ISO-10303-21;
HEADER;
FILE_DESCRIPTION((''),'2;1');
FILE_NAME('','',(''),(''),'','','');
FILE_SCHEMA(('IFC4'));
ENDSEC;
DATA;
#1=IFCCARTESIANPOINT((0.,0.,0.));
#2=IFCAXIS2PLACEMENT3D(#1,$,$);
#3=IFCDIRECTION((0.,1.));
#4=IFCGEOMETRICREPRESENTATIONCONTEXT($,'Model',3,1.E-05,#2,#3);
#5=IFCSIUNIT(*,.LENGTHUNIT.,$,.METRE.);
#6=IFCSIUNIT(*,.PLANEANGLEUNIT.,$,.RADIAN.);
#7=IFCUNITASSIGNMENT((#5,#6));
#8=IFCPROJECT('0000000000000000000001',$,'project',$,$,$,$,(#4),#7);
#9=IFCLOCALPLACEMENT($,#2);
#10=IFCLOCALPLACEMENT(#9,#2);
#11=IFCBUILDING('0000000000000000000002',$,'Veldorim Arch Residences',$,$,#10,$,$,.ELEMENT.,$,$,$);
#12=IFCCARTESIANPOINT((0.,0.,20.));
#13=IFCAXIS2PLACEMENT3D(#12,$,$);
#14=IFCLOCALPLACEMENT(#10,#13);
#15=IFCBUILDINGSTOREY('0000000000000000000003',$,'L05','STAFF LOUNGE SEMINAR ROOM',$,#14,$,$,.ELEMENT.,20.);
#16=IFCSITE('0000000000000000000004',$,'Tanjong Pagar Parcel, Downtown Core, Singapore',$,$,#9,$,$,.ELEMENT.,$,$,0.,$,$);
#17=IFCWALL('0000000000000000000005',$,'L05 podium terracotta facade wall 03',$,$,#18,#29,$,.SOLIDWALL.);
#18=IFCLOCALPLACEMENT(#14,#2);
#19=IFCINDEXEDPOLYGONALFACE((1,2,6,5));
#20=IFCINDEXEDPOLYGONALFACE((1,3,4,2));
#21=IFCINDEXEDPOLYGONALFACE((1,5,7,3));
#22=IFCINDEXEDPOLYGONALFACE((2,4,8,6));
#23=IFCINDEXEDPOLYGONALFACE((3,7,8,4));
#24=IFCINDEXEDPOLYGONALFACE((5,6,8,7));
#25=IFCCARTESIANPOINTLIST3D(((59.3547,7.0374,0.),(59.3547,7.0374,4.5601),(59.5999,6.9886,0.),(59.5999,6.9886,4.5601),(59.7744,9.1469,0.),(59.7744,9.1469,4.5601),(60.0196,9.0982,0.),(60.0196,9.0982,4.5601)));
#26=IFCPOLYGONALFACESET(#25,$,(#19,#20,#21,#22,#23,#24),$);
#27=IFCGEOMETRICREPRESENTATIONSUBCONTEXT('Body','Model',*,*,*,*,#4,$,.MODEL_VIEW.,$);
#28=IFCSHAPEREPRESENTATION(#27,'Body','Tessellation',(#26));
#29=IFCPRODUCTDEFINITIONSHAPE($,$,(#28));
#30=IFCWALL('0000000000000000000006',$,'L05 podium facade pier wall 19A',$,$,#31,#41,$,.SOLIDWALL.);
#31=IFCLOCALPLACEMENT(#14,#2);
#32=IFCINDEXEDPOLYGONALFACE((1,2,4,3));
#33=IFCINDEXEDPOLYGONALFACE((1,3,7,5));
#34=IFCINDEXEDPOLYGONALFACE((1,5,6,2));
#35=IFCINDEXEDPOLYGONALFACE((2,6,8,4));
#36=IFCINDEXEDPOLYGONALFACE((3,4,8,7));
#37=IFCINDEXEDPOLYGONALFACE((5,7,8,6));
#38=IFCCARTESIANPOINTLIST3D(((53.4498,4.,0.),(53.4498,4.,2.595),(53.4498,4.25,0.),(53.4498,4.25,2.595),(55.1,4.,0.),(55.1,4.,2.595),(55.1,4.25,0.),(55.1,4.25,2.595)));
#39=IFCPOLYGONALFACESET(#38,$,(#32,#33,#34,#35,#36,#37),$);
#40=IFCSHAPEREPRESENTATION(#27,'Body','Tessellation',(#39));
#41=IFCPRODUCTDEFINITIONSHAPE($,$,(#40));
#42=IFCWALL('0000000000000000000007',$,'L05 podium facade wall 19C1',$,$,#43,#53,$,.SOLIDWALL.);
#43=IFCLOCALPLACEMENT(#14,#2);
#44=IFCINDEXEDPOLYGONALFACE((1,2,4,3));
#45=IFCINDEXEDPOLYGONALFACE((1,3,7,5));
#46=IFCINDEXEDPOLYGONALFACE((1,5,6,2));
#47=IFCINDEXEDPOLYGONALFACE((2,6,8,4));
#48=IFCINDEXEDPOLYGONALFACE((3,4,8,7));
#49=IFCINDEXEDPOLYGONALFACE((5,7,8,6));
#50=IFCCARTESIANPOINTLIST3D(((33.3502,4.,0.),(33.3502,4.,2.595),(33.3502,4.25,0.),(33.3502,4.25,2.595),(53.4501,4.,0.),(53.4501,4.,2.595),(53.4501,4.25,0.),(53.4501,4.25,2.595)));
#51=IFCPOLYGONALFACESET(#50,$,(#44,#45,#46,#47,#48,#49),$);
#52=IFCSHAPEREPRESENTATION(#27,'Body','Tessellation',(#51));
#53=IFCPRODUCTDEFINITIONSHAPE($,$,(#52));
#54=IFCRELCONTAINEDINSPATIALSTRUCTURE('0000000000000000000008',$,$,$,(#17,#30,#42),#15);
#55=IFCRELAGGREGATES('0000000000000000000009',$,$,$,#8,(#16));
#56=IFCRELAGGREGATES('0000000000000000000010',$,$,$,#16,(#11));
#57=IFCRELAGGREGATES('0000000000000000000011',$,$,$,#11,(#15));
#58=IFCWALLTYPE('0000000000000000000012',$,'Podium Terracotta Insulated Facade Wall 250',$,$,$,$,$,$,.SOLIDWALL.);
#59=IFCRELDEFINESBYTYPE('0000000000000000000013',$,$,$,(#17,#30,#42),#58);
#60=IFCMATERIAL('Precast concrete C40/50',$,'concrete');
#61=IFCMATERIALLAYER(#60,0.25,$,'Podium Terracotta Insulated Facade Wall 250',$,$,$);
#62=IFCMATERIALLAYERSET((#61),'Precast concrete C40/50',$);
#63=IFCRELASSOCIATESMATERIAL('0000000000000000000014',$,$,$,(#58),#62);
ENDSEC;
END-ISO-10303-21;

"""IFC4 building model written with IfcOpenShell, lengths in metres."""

from ifc_helpers import new_model, si_unit, direction, frame, frame_2d, origin, place, context, subcontext, project, spatial, rectangle, extrude, material, layer, layer_set, type_object, element, save


model = new_model("IFC4")

# Units and contexts
model_context = context("Model", 3, precision=1e-05, world=origin(), true_north=direction((0.0, 1.0)))
body_context = subcontext(model_context, "Body", "Model", "MODEL_VIEW")
ifc_project = project(units=[si_unit("LENGTHUNIT", "METRE"), si_unit("PLANEANGLEUNIT", "RADIAN")], contexts=[model_context])

# Site, building, storey
site_placement = place(None, origin())
site = spatial("IfcSite", under=ifc_project, at=site_placement, Name="Tanjong Pagar Parcel, Downtown Core, Singapore", CompositionType="ELEMENT", RefElevation=0.0)
building_placement = place(site_placement, origin())
building = spatial("IfcBuilding", under=site, at=building_placement, Name="Veldorim Arch Residences", CompositionType="ELEMENT")
storey_placement = place(building_placement, frame((0.0, 0.0, 20.0)))
storey = spatial("IfcBuildingStorey", under=building, at=storey_placement, Name="L05", Description="STAFF LOUNGE SEMINAR ROOM", CompositionType="ELEMENT", Elevation=20.0)

# Walls
ifc_material_1 = material(Name="Precast concrete C40/50", Category="concrete")
ifc_layer_1 = layer(ifc_material_1, 0.25, Name="Podium Terracotta Insulated Facade Wall 250")
ifc_layer_set_1 = layer_set([ifc_layer_1], Name="Precast concrete C40/50")
wall_type_1 = type_object("IfcWallType", Name="Podium Terracotta Insulated Facade Wall 250", PredefinedType="SOLIDWALL", material=ifc_layer_set_1)
wall_1_placement = place(storey_placement, frame((59.897, 9.1226, 0.0), z_axis=(0.0, 0.0, 1.0), x_axis=(-0.195112, -0.980781, 0.0)))
element("IfcWall", 1, at=wall_1_placement, inside=storey, type_object=wall_type_1, Name="L05 podium terracotta facade wall 03", PredefinedType="SOLIDWALL", context=body_context, shape_type="SweptSolid", body=[
    extrude(rectangle(XDim=2.1509, YDim=0.25, at=frame_2d((1.0754, 0.0))), origin(), (0.0, 0.0, 1.0), 4.5601),
])
wall_2_placement = place(storey_placement, frame((55.1001, 4.125, 0.0), z_axis=(0.0, 0.0, 1.0), x_axis=(-1.0, 0.0, 0.0)))
element("IfcWall", 2, at=wall_2_placement, inside=storey, type_object=wall_type_1, Name="L05 podium facade pier wall 19A", PredefinedType="SOLIDWALL", context=body_context, shape_type="SweptSolid", body=[
    extrude(rectangle(XDim=1.6501, YDim=0.25, at=frame_2d((0.8252, 0.0))), origin(), (0.0, 0.0, 1.0), 2.595),
])
wall_3_placement = place(storey_placement, frame((53.45, 4.125, 0.0), z_axis=(0.0, 0.0, 1.0), x_axis=(-1.0, 0.0, 0.0)))
element("IfcWall", 3, at=wall_3_placement, inside=storey, type_object=wall_type_1, Name="L05 podium facade wall 19C1", PredefinedType="SOLIDWALL", context=body_context, shape_type="SweptSolid", body=[
    extrude(rectangle(XDim=20.0999, YDim=0.25, at=frame_2d((10.0498, 0.0))), origin(), (0.0, 0.0, 1.0), 2.595),
])

save(model, "model.ifc")
